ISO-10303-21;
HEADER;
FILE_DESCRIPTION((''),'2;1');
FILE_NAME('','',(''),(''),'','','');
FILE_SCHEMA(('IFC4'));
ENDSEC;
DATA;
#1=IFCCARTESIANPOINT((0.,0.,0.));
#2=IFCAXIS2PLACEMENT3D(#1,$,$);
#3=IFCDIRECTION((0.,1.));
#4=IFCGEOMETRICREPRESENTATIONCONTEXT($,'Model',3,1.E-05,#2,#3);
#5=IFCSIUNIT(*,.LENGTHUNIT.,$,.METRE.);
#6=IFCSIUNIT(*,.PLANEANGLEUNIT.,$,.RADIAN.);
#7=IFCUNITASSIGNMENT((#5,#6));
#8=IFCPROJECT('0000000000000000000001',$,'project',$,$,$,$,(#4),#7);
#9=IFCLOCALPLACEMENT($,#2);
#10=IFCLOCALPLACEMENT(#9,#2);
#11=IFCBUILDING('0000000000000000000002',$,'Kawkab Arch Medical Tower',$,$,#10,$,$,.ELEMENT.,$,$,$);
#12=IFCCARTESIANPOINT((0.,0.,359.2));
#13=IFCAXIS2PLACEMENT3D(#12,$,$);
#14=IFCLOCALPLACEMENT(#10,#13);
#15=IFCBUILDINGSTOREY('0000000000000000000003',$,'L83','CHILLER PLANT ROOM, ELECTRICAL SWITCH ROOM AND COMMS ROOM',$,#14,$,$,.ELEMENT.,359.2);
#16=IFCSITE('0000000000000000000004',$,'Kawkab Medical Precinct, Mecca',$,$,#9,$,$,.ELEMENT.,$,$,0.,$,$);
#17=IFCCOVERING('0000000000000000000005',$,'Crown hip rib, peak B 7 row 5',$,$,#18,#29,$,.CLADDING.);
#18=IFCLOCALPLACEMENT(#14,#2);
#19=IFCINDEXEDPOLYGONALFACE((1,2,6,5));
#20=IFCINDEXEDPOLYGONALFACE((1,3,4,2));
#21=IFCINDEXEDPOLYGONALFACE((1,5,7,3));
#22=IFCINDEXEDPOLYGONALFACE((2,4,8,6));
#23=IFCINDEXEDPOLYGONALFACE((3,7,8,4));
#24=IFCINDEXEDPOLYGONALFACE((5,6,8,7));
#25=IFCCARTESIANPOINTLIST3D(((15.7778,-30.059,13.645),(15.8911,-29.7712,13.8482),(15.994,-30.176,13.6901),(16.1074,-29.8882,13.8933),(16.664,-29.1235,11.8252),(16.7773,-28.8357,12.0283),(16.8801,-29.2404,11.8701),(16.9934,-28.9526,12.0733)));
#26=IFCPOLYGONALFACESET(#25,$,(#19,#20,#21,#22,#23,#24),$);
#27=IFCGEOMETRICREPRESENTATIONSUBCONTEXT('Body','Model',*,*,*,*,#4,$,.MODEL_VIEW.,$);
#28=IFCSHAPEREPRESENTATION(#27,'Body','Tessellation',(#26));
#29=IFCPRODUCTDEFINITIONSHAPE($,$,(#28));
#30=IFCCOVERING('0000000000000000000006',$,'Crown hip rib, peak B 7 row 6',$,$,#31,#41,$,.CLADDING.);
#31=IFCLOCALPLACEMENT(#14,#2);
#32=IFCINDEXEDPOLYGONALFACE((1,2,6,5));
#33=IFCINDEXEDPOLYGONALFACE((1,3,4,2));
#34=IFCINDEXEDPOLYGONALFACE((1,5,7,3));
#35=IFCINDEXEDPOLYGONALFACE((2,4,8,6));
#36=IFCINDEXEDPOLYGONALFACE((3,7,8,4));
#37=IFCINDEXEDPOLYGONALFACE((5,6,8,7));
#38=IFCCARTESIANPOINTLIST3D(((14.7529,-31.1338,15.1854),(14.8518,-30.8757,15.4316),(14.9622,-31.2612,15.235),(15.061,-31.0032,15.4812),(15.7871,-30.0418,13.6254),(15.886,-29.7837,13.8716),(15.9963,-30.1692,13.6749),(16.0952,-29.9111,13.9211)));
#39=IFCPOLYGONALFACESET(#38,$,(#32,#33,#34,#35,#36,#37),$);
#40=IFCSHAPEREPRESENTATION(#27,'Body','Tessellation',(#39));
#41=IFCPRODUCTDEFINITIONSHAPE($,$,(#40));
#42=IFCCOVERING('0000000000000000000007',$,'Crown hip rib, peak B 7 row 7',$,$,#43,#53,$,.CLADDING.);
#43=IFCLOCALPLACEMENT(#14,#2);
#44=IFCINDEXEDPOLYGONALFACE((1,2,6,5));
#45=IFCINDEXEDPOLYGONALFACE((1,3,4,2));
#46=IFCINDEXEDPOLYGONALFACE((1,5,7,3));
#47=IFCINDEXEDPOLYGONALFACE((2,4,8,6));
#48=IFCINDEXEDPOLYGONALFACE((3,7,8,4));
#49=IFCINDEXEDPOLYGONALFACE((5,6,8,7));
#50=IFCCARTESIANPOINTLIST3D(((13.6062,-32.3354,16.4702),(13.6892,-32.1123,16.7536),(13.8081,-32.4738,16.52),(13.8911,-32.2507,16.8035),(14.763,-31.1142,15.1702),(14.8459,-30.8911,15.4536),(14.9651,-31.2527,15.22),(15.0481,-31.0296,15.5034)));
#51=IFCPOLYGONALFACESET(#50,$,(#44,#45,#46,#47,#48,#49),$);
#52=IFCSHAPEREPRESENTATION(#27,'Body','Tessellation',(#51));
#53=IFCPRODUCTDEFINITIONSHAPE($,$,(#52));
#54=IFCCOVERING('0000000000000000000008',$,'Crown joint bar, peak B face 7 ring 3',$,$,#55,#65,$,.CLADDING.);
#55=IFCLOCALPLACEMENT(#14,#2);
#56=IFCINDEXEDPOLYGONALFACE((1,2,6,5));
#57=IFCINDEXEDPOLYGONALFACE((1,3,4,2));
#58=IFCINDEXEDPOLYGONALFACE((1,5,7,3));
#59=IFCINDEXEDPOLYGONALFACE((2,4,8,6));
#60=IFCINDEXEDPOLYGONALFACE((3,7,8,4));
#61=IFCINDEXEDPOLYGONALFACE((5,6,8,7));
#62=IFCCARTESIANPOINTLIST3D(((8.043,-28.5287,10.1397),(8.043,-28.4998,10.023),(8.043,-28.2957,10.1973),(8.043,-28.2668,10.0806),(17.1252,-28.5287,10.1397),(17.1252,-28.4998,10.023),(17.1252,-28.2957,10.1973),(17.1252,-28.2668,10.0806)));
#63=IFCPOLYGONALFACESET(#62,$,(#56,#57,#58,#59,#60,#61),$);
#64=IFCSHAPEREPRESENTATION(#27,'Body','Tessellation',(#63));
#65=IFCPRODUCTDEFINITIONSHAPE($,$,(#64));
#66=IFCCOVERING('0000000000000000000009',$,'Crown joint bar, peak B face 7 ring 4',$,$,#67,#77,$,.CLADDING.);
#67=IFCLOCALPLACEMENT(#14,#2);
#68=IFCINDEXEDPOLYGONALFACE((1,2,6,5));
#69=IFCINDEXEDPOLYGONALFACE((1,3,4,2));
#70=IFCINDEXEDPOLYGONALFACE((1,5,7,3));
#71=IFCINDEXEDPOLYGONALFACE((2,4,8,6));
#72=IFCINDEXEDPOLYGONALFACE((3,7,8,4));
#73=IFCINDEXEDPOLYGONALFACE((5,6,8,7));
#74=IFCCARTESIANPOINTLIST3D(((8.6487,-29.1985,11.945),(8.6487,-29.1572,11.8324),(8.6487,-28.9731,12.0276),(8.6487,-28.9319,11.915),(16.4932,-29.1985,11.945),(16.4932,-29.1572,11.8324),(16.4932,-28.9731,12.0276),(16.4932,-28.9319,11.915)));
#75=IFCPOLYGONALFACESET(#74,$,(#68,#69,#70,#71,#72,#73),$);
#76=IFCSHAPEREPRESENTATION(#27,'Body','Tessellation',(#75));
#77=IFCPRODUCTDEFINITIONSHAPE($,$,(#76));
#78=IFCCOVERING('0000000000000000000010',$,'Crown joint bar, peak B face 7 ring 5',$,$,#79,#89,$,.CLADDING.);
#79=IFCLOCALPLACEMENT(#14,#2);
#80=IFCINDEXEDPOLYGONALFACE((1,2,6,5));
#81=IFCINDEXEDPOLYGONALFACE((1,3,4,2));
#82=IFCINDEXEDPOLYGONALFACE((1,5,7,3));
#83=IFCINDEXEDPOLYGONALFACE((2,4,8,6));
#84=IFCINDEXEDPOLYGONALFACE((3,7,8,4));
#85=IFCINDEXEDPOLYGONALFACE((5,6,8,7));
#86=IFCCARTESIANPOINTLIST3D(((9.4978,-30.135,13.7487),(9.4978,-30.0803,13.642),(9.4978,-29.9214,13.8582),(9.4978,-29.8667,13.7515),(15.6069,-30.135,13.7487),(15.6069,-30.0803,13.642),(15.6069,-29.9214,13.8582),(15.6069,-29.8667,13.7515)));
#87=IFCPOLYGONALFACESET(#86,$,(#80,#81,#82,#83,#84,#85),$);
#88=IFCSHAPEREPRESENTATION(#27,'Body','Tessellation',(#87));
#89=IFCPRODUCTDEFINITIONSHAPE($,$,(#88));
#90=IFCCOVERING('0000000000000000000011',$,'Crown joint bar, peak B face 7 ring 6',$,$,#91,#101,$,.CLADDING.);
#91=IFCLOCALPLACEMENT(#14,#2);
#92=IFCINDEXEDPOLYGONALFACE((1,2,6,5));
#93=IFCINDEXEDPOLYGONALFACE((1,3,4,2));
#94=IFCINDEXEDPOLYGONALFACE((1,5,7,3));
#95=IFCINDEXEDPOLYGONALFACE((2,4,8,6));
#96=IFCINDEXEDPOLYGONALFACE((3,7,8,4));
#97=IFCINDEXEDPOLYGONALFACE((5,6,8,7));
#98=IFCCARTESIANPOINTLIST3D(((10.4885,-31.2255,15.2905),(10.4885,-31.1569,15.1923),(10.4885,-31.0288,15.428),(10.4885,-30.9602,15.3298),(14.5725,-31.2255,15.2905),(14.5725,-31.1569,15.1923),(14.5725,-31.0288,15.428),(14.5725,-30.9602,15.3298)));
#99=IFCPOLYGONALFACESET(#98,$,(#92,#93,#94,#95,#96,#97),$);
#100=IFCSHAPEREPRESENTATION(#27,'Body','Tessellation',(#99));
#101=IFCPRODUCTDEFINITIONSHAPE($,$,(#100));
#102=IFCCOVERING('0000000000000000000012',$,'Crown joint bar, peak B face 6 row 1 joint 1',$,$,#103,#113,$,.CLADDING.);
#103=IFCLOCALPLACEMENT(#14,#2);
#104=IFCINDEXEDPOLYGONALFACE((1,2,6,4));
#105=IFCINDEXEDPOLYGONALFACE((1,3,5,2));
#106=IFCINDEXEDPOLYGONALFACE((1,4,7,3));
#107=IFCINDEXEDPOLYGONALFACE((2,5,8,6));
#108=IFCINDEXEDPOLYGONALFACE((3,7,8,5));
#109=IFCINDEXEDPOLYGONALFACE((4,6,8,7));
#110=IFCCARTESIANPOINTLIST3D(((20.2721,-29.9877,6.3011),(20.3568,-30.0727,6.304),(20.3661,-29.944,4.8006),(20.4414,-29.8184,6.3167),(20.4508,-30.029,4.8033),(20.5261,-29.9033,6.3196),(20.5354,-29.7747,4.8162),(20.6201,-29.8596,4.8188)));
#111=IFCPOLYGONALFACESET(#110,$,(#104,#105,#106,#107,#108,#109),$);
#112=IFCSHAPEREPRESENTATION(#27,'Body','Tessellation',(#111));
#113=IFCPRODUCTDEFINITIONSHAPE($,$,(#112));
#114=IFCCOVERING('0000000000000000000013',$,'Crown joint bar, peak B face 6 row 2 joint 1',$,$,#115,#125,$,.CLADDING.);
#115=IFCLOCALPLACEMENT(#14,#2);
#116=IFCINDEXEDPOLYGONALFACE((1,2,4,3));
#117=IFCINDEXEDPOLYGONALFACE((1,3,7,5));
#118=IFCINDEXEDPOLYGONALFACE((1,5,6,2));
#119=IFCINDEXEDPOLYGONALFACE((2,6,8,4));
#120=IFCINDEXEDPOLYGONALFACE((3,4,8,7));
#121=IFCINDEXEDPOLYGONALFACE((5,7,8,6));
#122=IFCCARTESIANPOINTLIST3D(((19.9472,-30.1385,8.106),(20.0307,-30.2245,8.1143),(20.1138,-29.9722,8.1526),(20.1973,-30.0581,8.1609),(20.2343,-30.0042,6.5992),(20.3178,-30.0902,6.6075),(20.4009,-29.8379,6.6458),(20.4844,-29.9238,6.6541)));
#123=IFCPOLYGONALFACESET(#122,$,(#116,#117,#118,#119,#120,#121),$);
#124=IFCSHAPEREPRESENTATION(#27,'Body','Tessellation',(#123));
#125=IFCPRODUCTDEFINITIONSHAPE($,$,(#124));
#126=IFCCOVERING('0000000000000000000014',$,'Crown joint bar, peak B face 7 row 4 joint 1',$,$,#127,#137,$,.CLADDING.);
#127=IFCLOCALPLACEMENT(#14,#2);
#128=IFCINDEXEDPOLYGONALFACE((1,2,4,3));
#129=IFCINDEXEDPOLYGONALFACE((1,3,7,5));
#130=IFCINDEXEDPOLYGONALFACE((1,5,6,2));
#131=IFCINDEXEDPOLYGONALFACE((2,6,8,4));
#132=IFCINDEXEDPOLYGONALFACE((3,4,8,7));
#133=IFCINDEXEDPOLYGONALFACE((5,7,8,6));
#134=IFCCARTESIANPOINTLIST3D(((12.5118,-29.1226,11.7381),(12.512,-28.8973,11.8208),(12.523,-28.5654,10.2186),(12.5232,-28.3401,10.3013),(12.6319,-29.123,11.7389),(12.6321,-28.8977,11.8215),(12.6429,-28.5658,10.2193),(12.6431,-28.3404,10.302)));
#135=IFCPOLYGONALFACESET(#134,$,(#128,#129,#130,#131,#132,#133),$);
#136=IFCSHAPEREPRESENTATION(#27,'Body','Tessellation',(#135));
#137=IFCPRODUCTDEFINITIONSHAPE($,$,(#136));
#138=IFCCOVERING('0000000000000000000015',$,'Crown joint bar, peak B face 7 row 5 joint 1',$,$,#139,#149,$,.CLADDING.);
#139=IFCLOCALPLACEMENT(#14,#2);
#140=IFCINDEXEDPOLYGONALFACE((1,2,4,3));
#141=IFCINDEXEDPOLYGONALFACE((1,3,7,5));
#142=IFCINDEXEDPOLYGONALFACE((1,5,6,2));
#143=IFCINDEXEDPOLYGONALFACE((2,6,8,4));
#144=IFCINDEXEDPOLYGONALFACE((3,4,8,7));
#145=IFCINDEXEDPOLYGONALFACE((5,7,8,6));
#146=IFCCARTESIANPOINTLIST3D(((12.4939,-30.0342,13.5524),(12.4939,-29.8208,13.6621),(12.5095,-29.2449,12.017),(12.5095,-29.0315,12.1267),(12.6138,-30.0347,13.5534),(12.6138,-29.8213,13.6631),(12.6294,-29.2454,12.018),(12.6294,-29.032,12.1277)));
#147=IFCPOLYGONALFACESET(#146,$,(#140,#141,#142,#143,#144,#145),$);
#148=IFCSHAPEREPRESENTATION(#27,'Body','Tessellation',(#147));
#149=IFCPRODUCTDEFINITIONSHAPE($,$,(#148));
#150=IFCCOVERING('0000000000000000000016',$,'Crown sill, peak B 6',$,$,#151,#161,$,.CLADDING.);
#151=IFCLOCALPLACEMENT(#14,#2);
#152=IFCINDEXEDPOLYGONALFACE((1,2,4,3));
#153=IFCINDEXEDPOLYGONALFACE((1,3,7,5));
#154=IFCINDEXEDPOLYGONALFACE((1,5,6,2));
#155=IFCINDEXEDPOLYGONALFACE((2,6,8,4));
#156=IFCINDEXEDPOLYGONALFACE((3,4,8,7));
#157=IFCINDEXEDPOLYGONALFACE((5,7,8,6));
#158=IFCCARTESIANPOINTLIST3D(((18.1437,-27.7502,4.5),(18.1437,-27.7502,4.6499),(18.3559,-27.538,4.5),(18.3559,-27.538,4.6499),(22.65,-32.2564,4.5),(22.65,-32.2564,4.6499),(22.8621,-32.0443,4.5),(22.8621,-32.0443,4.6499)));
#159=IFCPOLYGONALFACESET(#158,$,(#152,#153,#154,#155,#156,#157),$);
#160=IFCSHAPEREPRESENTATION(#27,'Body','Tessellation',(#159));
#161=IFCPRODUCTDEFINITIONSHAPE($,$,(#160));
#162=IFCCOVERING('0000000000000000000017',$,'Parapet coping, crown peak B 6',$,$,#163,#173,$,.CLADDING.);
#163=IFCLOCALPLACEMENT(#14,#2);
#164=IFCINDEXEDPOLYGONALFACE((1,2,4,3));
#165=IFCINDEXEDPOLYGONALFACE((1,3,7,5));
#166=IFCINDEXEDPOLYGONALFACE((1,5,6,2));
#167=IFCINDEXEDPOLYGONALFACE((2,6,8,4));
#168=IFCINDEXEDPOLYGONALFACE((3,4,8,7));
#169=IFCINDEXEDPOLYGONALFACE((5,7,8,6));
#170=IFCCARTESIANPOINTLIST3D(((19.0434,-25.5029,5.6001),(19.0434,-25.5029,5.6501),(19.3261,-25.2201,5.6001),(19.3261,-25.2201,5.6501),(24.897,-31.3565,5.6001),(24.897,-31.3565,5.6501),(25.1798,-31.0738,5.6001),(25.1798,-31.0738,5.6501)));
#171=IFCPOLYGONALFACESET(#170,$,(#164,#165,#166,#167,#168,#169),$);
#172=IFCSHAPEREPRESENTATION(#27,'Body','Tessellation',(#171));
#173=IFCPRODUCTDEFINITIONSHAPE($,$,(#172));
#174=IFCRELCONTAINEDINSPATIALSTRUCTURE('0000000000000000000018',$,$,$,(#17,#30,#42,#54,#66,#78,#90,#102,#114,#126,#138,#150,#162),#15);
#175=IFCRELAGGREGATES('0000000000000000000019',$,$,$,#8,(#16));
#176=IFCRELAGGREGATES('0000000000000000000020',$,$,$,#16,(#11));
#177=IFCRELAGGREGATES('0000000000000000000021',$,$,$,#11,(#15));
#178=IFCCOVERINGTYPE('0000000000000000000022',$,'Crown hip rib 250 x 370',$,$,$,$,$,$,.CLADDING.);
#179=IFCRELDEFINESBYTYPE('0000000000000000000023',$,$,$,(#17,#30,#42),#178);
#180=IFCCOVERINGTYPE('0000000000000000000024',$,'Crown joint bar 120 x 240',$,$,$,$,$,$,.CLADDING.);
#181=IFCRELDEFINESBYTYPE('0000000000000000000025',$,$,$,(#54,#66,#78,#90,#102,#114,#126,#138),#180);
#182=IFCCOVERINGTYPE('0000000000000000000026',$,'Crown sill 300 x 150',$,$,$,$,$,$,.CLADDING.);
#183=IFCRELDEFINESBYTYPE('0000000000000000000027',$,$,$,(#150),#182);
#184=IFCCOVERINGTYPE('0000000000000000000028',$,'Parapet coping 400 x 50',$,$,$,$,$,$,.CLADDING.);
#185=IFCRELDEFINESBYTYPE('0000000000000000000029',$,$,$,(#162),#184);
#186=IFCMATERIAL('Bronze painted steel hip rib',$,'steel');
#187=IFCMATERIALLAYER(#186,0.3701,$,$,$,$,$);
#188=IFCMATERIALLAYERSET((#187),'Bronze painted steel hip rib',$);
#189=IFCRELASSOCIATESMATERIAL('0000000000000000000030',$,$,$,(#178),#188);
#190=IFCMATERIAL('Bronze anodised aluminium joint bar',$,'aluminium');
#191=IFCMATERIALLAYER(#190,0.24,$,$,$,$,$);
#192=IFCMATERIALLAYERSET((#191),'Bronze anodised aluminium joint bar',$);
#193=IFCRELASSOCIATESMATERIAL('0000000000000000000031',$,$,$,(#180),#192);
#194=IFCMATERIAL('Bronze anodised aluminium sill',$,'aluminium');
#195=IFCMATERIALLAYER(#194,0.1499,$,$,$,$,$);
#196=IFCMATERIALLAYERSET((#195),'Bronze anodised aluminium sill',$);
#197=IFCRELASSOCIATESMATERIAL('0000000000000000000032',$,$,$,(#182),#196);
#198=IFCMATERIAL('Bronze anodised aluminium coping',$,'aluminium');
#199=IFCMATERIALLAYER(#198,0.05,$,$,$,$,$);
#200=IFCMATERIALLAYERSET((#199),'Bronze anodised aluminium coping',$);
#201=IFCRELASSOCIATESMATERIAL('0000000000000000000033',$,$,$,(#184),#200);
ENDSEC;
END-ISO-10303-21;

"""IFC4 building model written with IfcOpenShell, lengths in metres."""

from ifc_helpers import new_model, si_unit, direction, frame, origin, origin_2d, place, context, subcontext, project, spatial, polyline, rectangle, outline, extrude, material, layer, layer_set, type_object, element, save


model = new_model("IFC4")

# Units and contexts
model_context = context("Model", 3, precision=1e-05, world=origin(), true_north=direction((0.0, 1.0)))
body_context = subcontext(model_context, "Body", "Model", "MODEL_VIEW")
ifc_project = project(units=[si_unit("LENGTHUNIT", "METRE"), si_unit("PLANEANGLEUNIT", "RADIAN")], contexts=[model_context])

# Site, building, storey
site_placement = place(None, origin())
site = spatial("IfcSite", under=ifc_project, at=site_placement, Name="Kawkab Medical Precinct, Mecca", CompositionType="ELEMENT", RefElevation=0.0)
building_placement = place(site_placement, origin())
building = spatial("IfcBuilding", under=site, at=building_placement, Name="Kawkab Arch Medical Tower", CompositionType="ELEMENT")
storey_placement = place(building_placement, frame((0.0, 0.0, 359.2)))
storey = spatial("IfcBuildingStorey", under=building, at=storey_placement, Name="L83", Description="CHILLER PLANT ROOM, ELECTRICAL SWITCH ROOM AND COMMS ROOM", CompositionType="ELEMENT", Elevation=359.2)

# Coverings
ifc_material_1 = material(Name="Bronze painted steel hip rib", Category="steel")
ifc_layer_1 = layer(ifc_material_1, 0.3701)
ifc_layer_set_1 = layer_set([ifc_layer_1], Name="Bronze painted steel hip rib")
covering_type_1 = type_object("IfcCoveringType", Name="Crown hip rib 250 x 370", PredefinedType="CLADDING", material=ifc_layer_set_1)
covering_1_placement = place(storey_placement, frame((16.7773, -28.8357, 12.0283), z_axis=(0.306322, 0.777716, 0.548931), x_axis=(-0.397418, -0.419512, 0.81613)))
element("IfcCovering", 1, at=covering_1_placement, inside=storey, type_object=covering_type_1, Name="Crown hip rib, peak B 7 row 5", PredefinedType="CLADDING", context=body_context, shape_type="SweptSolid", body=[
    extrude(outline(polyline([(0.0, 0.0), (2.2299, 0.0), (2.2298, 0.25), (-0.0001, 0.2498), (0.0, 0.0)])), origin(), (0.0, 0.0, -1.0), 0.3701),
])
covering_2_placement = place(storey_placement, frame((15.886, -29.7837, 13.8716), z_axis=(0.267142, 0.697263, 0.665176), x_axis=(-0.477242, -0.503943, 0.719918)))
element("IfcCovering", 2, at=covering_2_placement, inside=storey, type_object=covering_type_1, Name="Crown hip rib, peak B 7 row 6", PredefinedType="CLADDING", context=body_context, shape_type="SweptSolid", body=[
    extrude(outline(polyline([(0.0, 0.0), (2.167, 0.0), (2.167, 0.2499), (0.0001, 0.2499), (0.0, 0.0)])), origin(), (0.0, 0.0, -1.0), 0.3701),
])
covering_3_placement = place(storey_placement, frame((14.8459, -30.8911, 15.4536), z_axis=(0.224241, 0.602774, 0.765754), x_axis=(-0.544118, -0.574441, 0.611517)))
element("IfcCovering", 3, at=covering_3_placement, inside=storey, type_object=covering_type_1, Name="Crown hip rib, peak B 7 row 7", PredefinedType="CLADDING", context=body_context, shape_type="SweptSolid", body=[
    extrude(outline(polyline([(0.0, 0.0), (2.1259, 0.0), (2.126, 0.2498), (0.0, 0.25), (0.0, 0.0)])), origin(), (0.0, 0.0, -1.0), 0.3701),
])
ifc_material_2 = material(Name="Bronze anodised aluminium joint bar", Category="aluminium")
ifc_layer_2 = layer(ifc_material_2, 0.24)
ifc_layer_set_2 = layer_set([ifc_layer_2], Name="Bronze anodised aluminium joint bar")
covering_type_2 = type_object("IfcCoveringType", Name="Crown joint bar 120 x 240", PredefinedType="CLADDING", material=ifc_layer_set_2)
covering_4_placement = place(storey_placement, frame((17.1252, -28.2668, 10.0806), z_axis=(0.0, 0.970855, 0.239667), x_axis=(-1.0, 0.0, 0.0)))
element("IfcCovering", 4, at=covering_4_placement, inside=storey, type_object=covering_type_2, Name="Crown joint bar, peak B face 7 ring 3", PredefinedType="CLADDING", context=body_context, shape_type="SweptSolid", body=[
    extrude(outline(polyline([(0.0, 0.0), (9.0823, 0.0), (9.0823, 0.1202), (0.0, 0.1202), (0.0, 0.0)])), origin(), (0.0, 0.0, -1.0), 0.24),
])
covering_5_placement = place(storey_placement, frame((16.4932, -28.9319, 11.915), z_axis=(0.0, 0.938898, 0.344195), x_axis=(-1.0, 0.0, 0.0)))
element("IfcCovering", 5, at=covering_5_placement, inside=storey, type_object=covering_type_2, Name="Crown joint bar, peak B face 7 ring 4", PredefinedType="CLADDING", context=body_context, shape_type="SweptSolid", body=[
    extrude(outline(polyline([(0.0, 0.0), (7.8445, 0.0), (7.8445, 0.1199), (0.0, 0.1199), (0.0, 0.0)])), origin(), (0.0, 0.0, -1.0), 0.24),
])
covering_6_placement = place(storey_placement, frame((15.6069, -29.8667, 13.7515), z_axis=(0.0, 0.889902, 0.456151), x_axis=(-1.0, 0.0, 0.0)))
element("IfcCovering", 6, at=covering_6_placement, inside=storey, type_object=covering_type_2, Name="Crown joint bar, peak B face 7 ring 5", PredefinedType="CLADDING", context=body_context, shape_type="SweptSolid", body=[
    extrude(outline(polyline([(0.0, 0.0), (6.1091, 0.0), (6.1091, 0.1199), (0.0, 0.1199), (0.0, 0.0)])), origin(), (0.0, 0.0, -1.0), 0.24),
])
covering_7_placement = place(storey_placement, frame((14.5725, -30.9602, 15.3298), z_axis=(0.0, 0.819615, 0.572915), x_axis=(-1.0, 0.0, 0.0)))
element("IfcCovering", 7, at=covering_7_placement, inside=storey, type_object=covering_type_2, Name="Crown joint bar, peak B face 7 ring 6", PredefinedType="CLADDING", context=body_context, shape_type="SweptSolid", body=[
    extrude(outline(polyline([(0.0, 0.0), (4.084, 0.0), (4.084, 0.1197), (0.0, 0.1197), (0.0, 0.0)])), origin(), (0.0, 0.0, -1.0), 0.24),
])
covering_8_placement = place(storey_placement, frame((20.5354, -29.7747, 4.8162), z_axis=(0.705567, 0.705679, 0.064746), x_axis=(-0.06249, -0.029052, 0.997623)))
element("IfcCovering", 8, at=covering_8_placement, inside=storey, type_object=covering_type_2, Name="Crown joint bar, peak B face 6 row 1 joint 1", PredefinedType="CLADDING", context=body_context, shape_type="SweptSolid", body=[
    extrude(outline(polyline([(0.0, 0.0), (1.5041, 0.0), (1.5042, 0.12), (-0.0001, 0.12), (0.0, 0.0)])), origin(), (0.0, 0.0, -1.0), 0.24),
])
covering_9_placement = place(storey_placement, frame((20.4009, -29.8379, 6.6458), z_axis=(0.694157, 0.693179, 0.194034), x_axis=(-0.186458, -0.087204, 0.978585)))
element("IfcCovering", 9, at=covering_9_placement, inside=storey, type_object=covering_type_2, Name="Crown joint bar, peak B face 6 row 2 joint 1", PredefinedType="CLADDING", context=body_context, shape_type="SweptSolid", body=[
    extrude(outline(polyline([(0.0, 0.0), (1.5398, 0.0), (1.5399, 0.1201), (0.0, 0.1201), (0.0, 0.0)])), origin(), (0.0, 0.0, -1.0), 0.24),
])
covering_10_placement = place(storey_placement, frame((12.5232, -28.3401, 10.3013), z_axis=(0.000764, 0.938856, 0.344308), x_axis=(-0.006939, -0.344295, 0.938836)))
element("IfcCovering", 10, at=covering_10_placement, inside=storey, type_object=covering_type_2, Name="Crown joint bar, peak B face 7 row 4 joint 1", PredefinedType="CLADDING", context=body_context, shape_type="SweptSolid", body=[
    extrude(outline(polyline([(0.0, 0.0), (1.6185, 0.0), (1.6185, 0.1201), (-0.0001, 0.1199), (0.0, 0.0)])), origin(), (0.0, 0.0, -1.0), 0.24),
])
covering_11_placement = place(storey_placement, frame((12.5095, -29.0315, 12.1267), z_axis=(-0.000102, 0.889365, 0.457197), x_axis=(-0.00905, -0.457179, 0.889329)))
element("IfcCovering", 11, at=covering_11_placement, inside=storey, type_object=covering_type_2, Name="Crown joint bar, peak B face 7 row 5 joint 1", PredefinedType="CLADDING", context=body_context, shape_type="SweptSolid", body=[
    extrude(outline(polyline([(0.0, 0.0), (1.7265, 0.0), (1.7265, 0.1199), (0.0, 0.1199), (0.0, 0.0)])), origin(), (0.0, 0.0, -1.0), 0.24),
])
ifc_material_3 = material(Name="Bronze anodised aluminium sill", Category="aluminium")
ifc_layer_3 = layer(ifc_material_3, 0.1499)
ifc_layer_set_3 = layer_set([ifc_layer_3], Name="Bronze anodised aluminium sill")
covering_type_3 = type_object("IfcCoveringType", Name="Crown sill 300 x 150", PredefinedType="CLADDING", material=ifc_layer_set_3)
covering_12_placement = place(storey_placement, frame((20.5029, -29.8972, 4.5), z_axis=(0.0, 0.0, 1.0), x_axis=(-0.707107, 0.707107, 0.0)))
element("IfcCovering", 12, at=covering_12_placement, inside=storey, type_object=covering_type_3, Name="Crown sill, peak B 6", PredefinedType="CLADDING", context=body_context, shape_type="SweptSolid", body=[
    extrude(rectangle(XDim=6.3728, YDim=0.3, at=origin_2d()), origin(), (0.0, 0.0, 1.0), 0.1499),
])
ifc_material_4 = material(Name="Bronze anodised aluminium coping", Category="aluminium")
ifc_layer_4 = layer(ifc_material_4, 0.05)
ifc_layer_set_4 = layer_set([ifc_layer_4], Name="Bronze anodised aluminium coping")
covering_type_4 = type_object("IfcCoveringType", Name="Parapet coping 400 x 50", PredefinedType="CLADDING", material=ifc_layer_set_4)
covering_13_placement = place(storey_placement, frame((22.1116, -28.2883, 5.6001), z_axis=(0.0, 0.0, 1.0), x_axis=(-0.707107, 0.707107, 0.0)))
element("IfcCovering", 13, at=covering_13_placement, inside=storey, type_object=covering_type_4, Name="Parapet coping, crown peak B 6", PredefinedType="CLADDING", context=body_context, shape_type="SweptSolid", body=[
    extrude(rectangle(XDim=8.2783, YDim=0.3999, at=origin_2d()), origin(), (0.0, 0.0, 1.0), 0.05),
])

save(model, "model.ifc")
